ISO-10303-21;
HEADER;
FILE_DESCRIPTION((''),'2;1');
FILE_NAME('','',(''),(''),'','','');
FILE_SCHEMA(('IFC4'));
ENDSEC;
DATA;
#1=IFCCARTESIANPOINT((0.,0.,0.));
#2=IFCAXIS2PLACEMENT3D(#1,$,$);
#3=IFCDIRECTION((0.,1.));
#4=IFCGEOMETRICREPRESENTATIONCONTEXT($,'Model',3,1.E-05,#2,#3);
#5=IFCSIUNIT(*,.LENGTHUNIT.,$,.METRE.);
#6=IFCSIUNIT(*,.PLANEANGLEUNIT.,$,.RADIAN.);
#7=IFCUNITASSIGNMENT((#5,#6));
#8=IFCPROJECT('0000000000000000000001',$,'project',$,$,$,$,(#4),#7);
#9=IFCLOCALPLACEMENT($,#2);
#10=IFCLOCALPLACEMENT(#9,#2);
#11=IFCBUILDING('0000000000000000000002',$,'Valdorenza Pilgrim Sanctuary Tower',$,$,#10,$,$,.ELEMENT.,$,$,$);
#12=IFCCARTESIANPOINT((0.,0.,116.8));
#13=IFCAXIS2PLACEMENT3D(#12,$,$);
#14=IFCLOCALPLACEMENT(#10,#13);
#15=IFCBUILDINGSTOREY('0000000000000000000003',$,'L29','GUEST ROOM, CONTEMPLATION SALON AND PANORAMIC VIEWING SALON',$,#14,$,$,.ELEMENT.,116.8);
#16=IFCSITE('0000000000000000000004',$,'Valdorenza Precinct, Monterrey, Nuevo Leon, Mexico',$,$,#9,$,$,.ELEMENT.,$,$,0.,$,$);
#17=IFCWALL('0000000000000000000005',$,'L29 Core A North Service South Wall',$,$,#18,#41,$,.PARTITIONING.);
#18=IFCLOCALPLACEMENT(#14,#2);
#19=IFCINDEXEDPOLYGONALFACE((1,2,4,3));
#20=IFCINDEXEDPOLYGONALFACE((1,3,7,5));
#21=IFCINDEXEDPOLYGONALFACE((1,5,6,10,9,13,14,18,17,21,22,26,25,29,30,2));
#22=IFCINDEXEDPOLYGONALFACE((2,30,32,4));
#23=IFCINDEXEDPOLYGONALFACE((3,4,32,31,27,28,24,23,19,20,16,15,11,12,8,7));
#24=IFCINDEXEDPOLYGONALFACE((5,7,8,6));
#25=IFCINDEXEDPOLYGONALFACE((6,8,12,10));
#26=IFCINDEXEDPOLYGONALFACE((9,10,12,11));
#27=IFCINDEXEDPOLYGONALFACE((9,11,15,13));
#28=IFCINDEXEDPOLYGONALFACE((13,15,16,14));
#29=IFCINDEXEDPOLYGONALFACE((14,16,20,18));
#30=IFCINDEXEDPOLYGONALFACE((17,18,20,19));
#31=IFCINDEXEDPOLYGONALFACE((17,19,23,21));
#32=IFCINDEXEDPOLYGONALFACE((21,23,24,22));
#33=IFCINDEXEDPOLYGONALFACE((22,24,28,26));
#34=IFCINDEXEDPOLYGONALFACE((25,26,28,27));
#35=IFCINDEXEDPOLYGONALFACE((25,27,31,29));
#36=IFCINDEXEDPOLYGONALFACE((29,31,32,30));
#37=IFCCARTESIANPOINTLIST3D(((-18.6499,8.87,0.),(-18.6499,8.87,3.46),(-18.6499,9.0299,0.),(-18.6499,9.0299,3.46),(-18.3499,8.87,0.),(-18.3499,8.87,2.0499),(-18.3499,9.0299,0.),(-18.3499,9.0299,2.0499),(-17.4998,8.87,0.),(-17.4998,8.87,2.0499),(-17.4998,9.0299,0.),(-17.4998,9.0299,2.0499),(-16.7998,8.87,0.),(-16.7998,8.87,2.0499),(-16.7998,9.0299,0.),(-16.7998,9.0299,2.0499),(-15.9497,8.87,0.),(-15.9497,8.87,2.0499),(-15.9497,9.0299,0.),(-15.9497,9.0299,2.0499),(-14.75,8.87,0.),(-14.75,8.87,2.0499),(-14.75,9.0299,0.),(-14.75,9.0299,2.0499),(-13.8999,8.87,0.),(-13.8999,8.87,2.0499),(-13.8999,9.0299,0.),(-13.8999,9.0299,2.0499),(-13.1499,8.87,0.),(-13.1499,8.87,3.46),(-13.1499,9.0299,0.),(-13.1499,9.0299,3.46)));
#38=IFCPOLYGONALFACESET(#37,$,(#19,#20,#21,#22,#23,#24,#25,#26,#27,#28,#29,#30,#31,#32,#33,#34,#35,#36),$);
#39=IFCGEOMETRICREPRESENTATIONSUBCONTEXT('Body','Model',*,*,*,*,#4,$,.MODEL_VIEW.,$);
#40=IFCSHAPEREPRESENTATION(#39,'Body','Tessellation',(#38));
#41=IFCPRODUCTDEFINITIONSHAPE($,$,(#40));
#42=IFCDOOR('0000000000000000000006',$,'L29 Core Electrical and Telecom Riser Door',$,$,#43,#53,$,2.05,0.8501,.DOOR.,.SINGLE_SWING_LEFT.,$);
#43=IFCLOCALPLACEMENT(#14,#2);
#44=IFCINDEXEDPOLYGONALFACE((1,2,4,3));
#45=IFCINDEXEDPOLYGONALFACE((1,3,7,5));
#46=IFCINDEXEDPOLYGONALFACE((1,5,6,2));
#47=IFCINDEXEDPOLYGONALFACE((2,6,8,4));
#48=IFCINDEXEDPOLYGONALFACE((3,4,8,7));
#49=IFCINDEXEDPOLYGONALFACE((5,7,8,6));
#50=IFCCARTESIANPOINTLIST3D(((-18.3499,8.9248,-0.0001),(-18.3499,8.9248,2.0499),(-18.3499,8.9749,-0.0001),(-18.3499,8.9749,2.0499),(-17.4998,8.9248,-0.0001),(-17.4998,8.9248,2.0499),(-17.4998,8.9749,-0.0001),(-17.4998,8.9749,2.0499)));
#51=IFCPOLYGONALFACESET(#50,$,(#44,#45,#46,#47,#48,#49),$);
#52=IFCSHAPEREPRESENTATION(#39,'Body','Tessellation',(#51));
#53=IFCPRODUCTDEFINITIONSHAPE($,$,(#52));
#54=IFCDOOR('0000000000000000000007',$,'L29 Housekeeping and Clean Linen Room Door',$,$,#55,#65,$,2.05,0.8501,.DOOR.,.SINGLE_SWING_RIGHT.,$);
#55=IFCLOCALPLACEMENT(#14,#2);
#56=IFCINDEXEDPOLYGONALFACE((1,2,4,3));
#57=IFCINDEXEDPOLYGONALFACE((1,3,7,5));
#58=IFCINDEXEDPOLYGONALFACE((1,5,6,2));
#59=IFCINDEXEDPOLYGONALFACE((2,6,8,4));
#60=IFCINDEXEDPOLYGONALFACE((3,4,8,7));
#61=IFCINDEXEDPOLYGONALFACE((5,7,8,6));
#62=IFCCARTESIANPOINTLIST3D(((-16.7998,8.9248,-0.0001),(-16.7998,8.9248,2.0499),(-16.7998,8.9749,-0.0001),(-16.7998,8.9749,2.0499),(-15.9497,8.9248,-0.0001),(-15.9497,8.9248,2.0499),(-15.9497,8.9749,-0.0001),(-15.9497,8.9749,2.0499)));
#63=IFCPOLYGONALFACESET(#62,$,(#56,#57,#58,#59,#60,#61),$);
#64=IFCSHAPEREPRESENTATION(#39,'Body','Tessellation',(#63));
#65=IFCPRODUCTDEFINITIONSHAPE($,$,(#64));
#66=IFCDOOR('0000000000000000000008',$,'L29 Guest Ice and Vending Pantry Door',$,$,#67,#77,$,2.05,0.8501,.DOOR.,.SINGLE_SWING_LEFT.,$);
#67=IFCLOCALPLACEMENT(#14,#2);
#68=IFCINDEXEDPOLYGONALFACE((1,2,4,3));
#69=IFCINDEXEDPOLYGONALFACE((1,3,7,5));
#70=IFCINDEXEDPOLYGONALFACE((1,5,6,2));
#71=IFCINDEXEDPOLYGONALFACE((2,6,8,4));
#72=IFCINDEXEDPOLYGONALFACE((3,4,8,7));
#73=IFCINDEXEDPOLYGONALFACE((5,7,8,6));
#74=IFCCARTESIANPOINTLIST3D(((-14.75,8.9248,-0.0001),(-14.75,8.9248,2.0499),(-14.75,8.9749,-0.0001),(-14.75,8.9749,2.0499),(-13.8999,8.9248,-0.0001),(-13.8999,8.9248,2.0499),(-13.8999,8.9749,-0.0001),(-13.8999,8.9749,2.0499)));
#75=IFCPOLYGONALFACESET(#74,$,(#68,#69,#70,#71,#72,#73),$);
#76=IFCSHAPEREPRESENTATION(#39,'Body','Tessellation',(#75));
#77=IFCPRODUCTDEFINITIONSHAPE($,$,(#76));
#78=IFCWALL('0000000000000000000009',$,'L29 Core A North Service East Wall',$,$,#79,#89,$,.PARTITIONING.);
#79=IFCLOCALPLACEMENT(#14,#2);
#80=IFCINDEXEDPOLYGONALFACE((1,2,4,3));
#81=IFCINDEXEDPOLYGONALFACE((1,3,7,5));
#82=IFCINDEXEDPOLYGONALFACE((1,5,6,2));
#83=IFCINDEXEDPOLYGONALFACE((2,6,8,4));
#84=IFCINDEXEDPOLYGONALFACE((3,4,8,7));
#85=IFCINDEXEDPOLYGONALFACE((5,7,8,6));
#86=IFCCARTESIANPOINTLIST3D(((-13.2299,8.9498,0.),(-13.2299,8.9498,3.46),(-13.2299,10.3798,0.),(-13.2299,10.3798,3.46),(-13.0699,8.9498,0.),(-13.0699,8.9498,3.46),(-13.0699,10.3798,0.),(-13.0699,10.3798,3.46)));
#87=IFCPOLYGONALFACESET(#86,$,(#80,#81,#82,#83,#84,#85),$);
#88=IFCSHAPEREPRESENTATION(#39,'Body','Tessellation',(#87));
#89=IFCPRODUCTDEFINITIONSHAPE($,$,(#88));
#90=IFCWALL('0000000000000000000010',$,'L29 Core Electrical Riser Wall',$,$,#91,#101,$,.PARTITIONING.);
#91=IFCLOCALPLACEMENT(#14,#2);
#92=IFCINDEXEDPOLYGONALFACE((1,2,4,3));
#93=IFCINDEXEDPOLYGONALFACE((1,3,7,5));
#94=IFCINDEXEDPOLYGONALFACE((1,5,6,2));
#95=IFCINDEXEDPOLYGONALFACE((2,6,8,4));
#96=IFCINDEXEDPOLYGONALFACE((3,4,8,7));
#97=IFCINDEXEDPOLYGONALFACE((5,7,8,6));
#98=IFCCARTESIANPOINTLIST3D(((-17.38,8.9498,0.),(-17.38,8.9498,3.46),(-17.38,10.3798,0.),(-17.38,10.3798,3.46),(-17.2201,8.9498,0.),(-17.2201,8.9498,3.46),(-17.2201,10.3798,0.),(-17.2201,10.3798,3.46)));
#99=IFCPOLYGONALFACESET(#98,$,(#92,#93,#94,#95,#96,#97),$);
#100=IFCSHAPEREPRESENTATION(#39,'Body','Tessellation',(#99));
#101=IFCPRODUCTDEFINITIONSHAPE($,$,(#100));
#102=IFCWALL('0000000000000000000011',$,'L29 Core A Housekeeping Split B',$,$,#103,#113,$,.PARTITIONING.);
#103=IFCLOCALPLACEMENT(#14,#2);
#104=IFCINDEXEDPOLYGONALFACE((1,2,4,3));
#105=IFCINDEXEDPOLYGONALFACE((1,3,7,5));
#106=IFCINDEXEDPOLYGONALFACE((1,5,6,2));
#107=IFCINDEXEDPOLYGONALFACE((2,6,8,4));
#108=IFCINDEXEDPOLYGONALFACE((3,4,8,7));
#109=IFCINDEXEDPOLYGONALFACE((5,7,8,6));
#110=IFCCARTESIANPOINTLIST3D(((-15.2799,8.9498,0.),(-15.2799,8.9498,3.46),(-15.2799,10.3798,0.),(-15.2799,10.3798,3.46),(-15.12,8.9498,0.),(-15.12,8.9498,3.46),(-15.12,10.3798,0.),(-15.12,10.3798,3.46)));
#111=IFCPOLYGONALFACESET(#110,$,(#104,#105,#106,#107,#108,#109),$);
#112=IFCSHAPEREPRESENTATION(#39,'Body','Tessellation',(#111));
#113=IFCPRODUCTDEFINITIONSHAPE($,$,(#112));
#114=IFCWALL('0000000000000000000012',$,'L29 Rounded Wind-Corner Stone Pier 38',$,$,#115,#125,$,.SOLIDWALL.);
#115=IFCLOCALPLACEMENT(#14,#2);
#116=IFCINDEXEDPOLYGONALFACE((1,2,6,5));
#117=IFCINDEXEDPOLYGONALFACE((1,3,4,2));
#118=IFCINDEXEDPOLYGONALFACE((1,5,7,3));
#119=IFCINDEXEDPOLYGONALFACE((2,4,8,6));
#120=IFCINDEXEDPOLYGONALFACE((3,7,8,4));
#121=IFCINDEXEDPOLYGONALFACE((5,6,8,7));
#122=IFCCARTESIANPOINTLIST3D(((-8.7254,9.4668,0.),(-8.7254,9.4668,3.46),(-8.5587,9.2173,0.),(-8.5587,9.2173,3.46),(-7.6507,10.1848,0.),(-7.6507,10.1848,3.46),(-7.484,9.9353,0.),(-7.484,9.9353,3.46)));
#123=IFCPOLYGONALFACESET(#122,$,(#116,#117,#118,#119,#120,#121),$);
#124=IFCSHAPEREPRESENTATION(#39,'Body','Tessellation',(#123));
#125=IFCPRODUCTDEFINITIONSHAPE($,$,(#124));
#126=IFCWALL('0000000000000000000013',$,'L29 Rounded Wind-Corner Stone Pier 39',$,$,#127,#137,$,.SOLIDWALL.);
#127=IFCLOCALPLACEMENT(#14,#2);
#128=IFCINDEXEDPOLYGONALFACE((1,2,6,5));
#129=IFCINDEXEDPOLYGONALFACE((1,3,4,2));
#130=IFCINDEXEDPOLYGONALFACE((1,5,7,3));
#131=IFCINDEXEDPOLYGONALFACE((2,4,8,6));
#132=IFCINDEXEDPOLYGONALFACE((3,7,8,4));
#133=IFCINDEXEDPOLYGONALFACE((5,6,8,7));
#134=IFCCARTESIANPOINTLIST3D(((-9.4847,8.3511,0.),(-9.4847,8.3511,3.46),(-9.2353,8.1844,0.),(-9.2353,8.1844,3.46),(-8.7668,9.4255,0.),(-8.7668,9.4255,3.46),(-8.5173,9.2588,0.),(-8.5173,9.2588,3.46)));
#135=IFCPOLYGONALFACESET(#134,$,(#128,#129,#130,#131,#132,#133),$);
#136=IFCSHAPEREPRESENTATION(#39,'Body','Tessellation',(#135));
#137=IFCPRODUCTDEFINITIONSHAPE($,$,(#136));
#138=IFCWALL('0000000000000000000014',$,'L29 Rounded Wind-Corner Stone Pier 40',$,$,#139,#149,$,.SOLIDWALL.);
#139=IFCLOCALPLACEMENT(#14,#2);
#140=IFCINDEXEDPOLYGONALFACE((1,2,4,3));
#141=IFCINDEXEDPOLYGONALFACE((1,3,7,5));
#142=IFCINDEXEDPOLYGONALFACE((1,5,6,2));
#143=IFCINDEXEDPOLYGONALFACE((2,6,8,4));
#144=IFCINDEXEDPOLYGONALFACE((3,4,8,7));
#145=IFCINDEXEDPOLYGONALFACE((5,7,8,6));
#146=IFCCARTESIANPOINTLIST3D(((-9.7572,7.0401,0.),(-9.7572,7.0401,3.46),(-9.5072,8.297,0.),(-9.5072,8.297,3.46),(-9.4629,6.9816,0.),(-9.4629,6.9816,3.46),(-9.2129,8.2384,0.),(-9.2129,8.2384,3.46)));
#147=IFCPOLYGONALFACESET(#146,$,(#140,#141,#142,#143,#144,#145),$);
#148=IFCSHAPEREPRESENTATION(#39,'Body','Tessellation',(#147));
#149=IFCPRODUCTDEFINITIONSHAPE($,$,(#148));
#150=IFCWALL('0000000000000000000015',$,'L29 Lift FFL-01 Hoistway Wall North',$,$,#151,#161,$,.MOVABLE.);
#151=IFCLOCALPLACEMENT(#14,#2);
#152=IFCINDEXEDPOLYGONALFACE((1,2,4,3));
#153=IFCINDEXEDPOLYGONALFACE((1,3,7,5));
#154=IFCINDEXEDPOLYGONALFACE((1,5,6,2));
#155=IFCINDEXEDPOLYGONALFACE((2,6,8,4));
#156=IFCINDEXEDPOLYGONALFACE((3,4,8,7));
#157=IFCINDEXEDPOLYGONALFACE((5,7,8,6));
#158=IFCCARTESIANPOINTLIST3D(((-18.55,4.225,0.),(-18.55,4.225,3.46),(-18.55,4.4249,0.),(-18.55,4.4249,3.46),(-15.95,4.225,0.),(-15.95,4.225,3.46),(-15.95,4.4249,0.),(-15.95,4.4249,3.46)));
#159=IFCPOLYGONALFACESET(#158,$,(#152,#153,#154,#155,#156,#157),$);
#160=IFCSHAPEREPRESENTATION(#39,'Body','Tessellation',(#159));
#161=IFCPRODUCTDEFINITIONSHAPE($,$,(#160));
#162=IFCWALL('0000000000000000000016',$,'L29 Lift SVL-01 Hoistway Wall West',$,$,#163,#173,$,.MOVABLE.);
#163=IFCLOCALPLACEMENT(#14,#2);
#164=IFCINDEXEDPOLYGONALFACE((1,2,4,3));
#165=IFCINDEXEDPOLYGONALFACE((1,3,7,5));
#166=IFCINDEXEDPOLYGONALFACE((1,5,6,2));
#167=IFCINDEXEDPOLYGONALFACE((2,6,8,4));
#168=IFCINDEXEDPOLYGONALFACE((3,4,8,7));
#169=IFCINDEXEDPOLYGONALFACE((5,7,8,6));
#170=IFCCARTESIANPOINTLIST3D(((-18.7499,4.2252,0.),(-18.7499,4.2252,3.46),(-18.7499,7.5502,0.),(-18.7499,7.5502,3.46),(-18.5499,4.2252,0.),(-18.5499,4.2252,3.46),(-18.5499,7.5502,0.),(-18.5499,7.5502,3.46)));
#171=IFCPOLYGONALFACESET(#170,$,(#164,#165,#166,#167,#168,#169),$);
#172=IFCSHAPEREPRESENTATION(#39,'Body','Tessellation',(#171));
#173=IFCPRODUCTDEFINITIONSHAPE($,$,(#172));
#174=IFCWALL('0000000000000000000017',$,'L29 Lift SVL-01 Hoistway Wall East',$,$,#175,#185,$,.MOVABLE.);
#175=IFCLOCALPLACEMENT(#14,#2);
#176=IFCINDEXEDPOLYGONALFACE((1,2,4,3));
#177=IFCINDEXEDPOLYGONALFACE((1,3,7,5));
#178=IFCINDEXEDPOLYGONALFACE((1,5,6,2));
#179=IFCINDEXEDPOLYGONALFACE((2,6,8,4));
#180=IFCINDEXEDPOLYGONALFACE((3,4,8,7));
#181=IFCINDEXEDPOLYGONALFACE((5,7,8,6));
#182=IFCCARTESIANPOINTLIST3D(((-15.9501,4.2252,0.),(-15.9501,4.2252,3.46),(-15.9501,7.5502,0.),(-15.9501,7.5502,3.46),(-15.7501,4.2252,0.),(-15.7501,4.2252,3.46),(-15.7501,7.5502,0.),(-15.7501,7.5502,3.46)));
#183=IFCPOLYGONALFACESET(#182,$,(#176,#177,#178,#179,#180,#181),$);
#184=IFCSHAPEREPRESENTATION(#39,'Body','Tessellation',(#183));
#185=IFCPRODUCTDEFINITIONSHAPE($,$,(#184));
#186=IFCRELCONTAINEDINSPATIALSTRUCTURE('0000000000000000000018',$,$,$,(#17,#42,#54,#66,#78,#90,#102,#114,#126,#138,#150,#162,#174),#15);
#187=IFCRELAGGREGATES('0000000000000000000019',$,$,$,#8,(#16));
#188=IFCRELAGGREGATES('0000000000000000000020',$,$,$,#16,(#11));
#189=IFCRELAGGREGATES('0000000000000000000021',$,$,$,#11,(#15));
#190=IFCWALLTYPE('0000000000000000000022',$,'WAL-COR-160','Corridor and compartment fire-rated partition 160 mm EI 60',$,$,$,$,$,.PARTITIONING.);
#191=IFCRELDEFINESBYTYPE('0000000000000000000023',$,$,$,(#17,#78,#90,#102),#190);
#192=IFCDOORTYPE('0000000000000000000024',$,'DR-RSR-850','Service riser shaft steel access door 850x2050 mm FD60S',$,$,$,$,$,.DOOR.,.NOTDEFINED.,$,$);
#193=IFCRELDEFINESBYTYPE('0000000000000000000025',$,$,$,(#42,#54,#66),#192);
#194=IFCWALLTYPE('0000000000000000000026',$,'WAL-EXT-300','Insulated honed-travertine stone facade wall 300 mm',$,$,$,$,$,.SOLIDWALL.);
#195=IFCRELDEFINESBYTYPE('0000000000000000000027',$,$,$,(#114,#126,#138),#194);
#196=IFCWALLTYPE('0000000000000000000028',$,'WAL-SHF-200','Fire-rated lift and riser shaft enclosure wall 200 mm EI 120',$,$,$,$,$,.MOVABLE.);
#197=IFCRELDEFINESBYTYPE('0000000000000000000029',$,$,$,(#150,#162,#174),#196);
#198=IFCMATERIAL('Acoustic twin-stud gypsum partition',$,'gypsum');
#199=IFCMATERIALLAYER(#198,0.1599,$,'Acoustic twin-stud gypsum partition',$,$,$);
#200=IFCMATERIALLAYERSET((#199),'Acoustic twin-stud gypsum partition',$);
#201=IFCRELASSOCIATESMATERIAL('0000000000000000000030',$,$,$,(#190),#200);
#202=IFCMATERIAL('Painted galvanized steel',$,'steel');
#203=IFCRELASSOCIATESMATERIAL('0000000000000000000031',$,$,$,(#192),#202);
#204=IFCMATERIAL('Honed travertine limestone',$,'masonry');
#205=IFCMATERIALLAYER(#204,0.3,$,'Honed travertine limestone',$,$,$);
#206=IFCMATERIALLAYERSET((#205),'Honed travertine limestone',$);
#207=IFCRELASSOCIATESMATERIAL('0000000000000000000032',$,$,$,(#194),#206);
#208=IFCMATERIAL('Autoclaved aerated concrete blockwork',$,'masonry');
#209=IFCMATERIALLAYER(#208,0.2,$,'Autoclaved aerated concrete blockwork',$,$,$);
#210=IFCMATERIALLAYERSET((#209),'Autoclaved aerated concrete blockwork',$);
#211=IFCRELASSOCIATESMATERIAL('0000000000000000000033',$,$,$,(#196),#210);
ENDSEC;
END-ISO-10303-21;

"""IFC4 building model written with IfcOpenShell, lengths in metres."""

from ifc_helpers import new_model, si_unit, direction, frame, frame_2d, origin, place, context, subcontext, project, spatial, rectangle, extrude, material, layer, layer_set, type_object, element, fill, save


model = new_model("IFC4")

# Units and contexts
model_context = context("Model", 3, precision=1e-05, world=origin(), true_north=direction((0.0, 1.0)))
body_context = subcontext(model_context, "Body", "Model", "MODEL_VIEW")
ifc_project = project(units=[si_unit("LENGTHUNIT", "METRE"), si_unit("PLANEANGLEUNIT", "RADIAN")], contexts=[model_context])

# Site, building, storey
site_placement = place(None, origin())
site = spatial("IfcSite", under=ifc_project, at=site_placement, Name="Valdorenza Precinct, Monterrey, Nuevo Leon, Mexico", CompositionType="ELEMENT", RefElevation=0.0)
building_placement = place(site_placement, origin())
building = spatial("IfcBuilding", under=site, at=building_placement, Name="Valdorenza Pilgrim Sanctuary Tower", CompositionType="ELEMENT")
storey_placement = place(building_placement, frame((0.0, 0.0, 116.8)))
storey = spatial("IfcBuildingStorey", under=building, at=storey_placement, Name="L29", Description="GUEST ROOM, CONTEMPLATION SALON AND PANORAMIC VIEWING SALON", CompositionType="ELEMENT", Elevation=116.8)

# Shared definitions
ifc_material_1 = material(Name="Honed travertine limestone", Category="masonry")

# Shared definitions
ifc_material_2 = material(Name="Acoustic twin-stud gypsum partition", Category="gypsum")
ifc_layer_1 = layer(ifc_material_2, 0.1599, Name="Acoustic twin-stud gypsum partition")
ifc_layer_set_1 = layer_set([ifc_layer_1], Name="Acoustic twin-stud gypsum partition")
wall_type_1 = type_object("IfcWallType", Name="WAL-COR-160", Description="Corridor and compartment fire-rated partition 160 mm EI 60", PredefinedType="PARTITIONING", material=ifc_layer_set_1)

# Wall, openings, doors
wall_1_placement = place(storey_placement, frame((-18.6499, 8.95, 0.0), z_axis=(0.0, 0.0, 1.0), x_axis=(1.0, 0.0, 0.0)))
wall_1 = element("IfcWall", 1, at=wall_1_placement, inside=storey, type_object=wall_type_1, Name="L29 Core A North Service South Wall", PredefinedType="PARTITIONING", context=body_context, shape_type="SweptSolid", body=[
    extrude(rectangle(XDim=5.5, YDim=0.1599, at=frame_2d((2.75, 0.0))), origin(), (0.0, 0.0, 1.0), 3.46),
])
opening_1_placement = place(wall_1_placement, frame((0.3, 0.0, 0.0)))
opening_1 = element("IfcOpeningElement", 2, at=opening_1_placement, cuts=wall_1, PredefinedType="OPENING", context=body_context, shape_type="SweptSolid", body=[
    extrude(rectangle(XDim=0.8501, YDim=2.05, at=frame_2d((0.425, 1.0249))), frame((0.0, 0.0947, 0.0), z_axis=(0.0, -1.0, 0.0), x_axis=(1.0, 0.0, 0.0)), (0.0, 0.0, 1.0), 0.1897),
])
opening_2_placement = place(wall_1_placement, frame((1.8501, 0.0, 0.0)))
opening_2 = element("IfcOpeningElement", 3, at=opening_2_placement, cuts=wall_1, PredefinedType="OPENING", context=body_context, shape_type="SweptSolid", body=[
    extrude(rectangle(XDim=0.8501, YDim=2.05, at=frame_2d((0.425, 1.0249))), frame((0.0, 0.0947, 0.0), z_axis=(0.0, -1.0, 0.0), x_axis=(1.0, 0.0, 0.0)), (0.0, 0.0, 1.0), 0.1897),
])
opening_3_placement = place(wall_1_placement, frame((3.8999, 0.0, 0.0)))
opening_3 = element("IfcOpeningElement", 4, at=opening_3_placement, cuts=wall_1, PredefinedType="OPENING", context=body_context, shape_type="SweptSolid", body=[
    extrude(rectangle(XDim=0.8501, YDim=2.05, at=frame_2d((0.425, 1.0249))), frame((0.0, 0.0947, 0.0), z_axis=(0.0, -1.0, 0.0), x_axis=(1.0, 0.0, 0.0)), (0.0, 0.0, 1.0), 0.1897),
])
ifc_material_3 = material(Name="Painted galvanized steel", Category="steel")
door_type_1 = type_object("IfcDoorType", Name="DR-RSR-850", Description="Service riser shaft steel access door 850x2050 mm FD60S", OperationType="NOTDEFINED", PredefinedType="DOOR", material=ifc_material_3)
door_1_placement = place(opening_1_placement, origin())
door_1 = element("IfcDoor", 5, at=door_1_placement, inside=storey, type_object=door_type_1, Name="L29 Core Electrical and Telecom Riser Door", OperationType="SINGLE_SWING_LEFT", OverallHeight=2.05, OverallWidth=0.8501, PredefinedType="DOOR", context=body_context, shape_type="SweptSolid", body=[
    extrude(rectangle(XDim=0.8501, YDim=2.05, at=frame_2d((0.425, 1.0249))), frame((0.0, 0.0249, 0.0), z_axis=(0.0, -1.0, 0.0), x_axis=(1.0, 0.0, 0.0)), (0.0, 0.0, 1.0), 0.05),
])
fill(opening_1, door_1)
door_2_placement = place(opening_2_placement, origin())
door_2 = element("IfcDoor", 6, at=door_2_placement, inside=storey, type_object=door_type_1, Name="L29 Housekeeping and Clean Linen Room Door", OperationType="SINGLE_SWING_RIGHT", OverallHeight=2.05, OverallWidth=0.8501, PredefinedType="DOOR", context=body_context, shape_type="SweptSolid", body=[
    extrude(rectangle(XDim=0.8501, YDim=2.05, at=frame_2d((0.425, 1.0249))), frame((0.0, 0.0249, 0.0), z_axis=(0.0, -1.0, 0.0), x_axis=(1.0, 0.0, 0.0)), (0.0, 0.0, 1.0), 0.05),
])
fill(opening_2, door_2)
door_3_placement = place(opening_3_placement, origin())
door_3 = element("IfcDoor", 7, at=door_3_placement, inside=storey, type_object=door_type_1, Name="L29 Guest Ice and Vending Pantry Door", OperationType="SINGLE_SWING_LEFT", OverallHeight=2.05, OverallWidth=0.8501, PredefinedType="DOOR", context=body_context, shape_type="SweptSolid", body=[
    extrude(rectangle(XDim=0.8501, YDim=2.05, at=frame_2d((0.425, 1.0249))), frame((0.0, 0.0249, 0.0), z_axis=(0.0, -1.0, 0.0), x_axis=(1.0, 0.0, 0.0)), (0.0, 0.0, 1.0), 0.05),
])
fill(opening_3, door_3)

# Walls
for number, where, z_axis, x_axis, name in (
    (8, (-13.1499, 8.95, 0.0), (0.0, 0.0, 1.0), (0.0, 1.0, 0.0), "L29 Core A North Service East Wall"),
    (9, (-17.3, 8.95, 0.0), (0.0, 0.0, 1.0), (0.0, 1.0, 0.0), "L29 Core Electrical Riser Wall"),
    (10, (-15.2, 8.95, 0.0), (0.0, 0.0, 1.0), (0.0, 1.0, 0.0), "L29 Core A Housekeeping Split B"),
):
    element("IfcWall", number, at=place(storey_placement, frame(where, z_axis=z_axis, x_axis=x_axis)), inside=storey, type_object=wall_type_1, Name=name, PredefinedType="PARTITIONING", context=body_context, shape_type="SweptSolid", body=[
        extrude(rectangle(XDim=1.4299, YDim=0.1599, at=frame_2d((0.7148, 0.0))), origin(), (0.0, 0.0, 1.0), 3.46),
    ])
ifc_layer_2 = layer(ifc_material_1, 0.3, Name="Honed travertine limestone")
ifc_layer_set_2 = layer_set([ifc_layer_2], Name="Honed travertine limestone")
wall_type_2 = type_object("IfcWallType", Name="WAL-EXT-300", Description="Insulated honed-travertine stone facade wall 300 mm", PredefinedType="SOLIDWALL", material=ifc_layer_set_2)
wall_2_placement = place(storey_placement, frame((-7.5674, 10.0601, 0.0), z_axis=(0.0, 0.0, 1.0), x_axis=(-0.831498, -0.555528, 0.0)))
element("IfcWall", 11, at=wall_2_placement, inside=storey, type_object=wall_type_2, Name="L29 Rounded Wind-Corner Stone Pier 38", PredefinedType="SOLIDWALL", context=body_context, shape_type="SweptSolid", body=[
    extrude(rectangle(XDim=1.2925, YDim=0.3, at=frame_2d((0.6462, 0.0))), origin(), (0.0, 0.0, 1.0), 3.46),
])
wall_3_placement = place(storey_placement, frame((-8.6421, 9.342, 0.0), z_axis=(0.0, 0.0, 1.0), x_axis=(-0.555615, -0.831439, 0.0)))
element("IfcWall", 12, at=wall_3_placement, inside=storey, type_object=wall_type_2, Name="L29 Rounded Wind-Corner Stone Pier 39", PredefinedType="SOLIDWALL", context=body_context, shape_type="SweptSolid", body=[
    extrude(rectangle(XDim=1.2922, YDim=0.3, at=frame_2d((0.646, 0.0))), origin(), (0.0, 0.0, 1.0), 3.46),
])
wall_4_placement = place(storey_placement, frame((-9.3601, 8.2676, 0.0), z_axis=(0.0, 0.0, 1.0), x_axis=(-0.19509, -0.980785, 0.0)))
element("IfcWall", 13, at=wall_4_placement, inside=storey, type_object=wall_type_2, Name="L29 Rounded Wind-Corner Stone Pier 40", PredefinedType="SOLIDWALL", context=body_context, shape_type="SweptSolid", body=[
    extrude(rectangle(XDim=1.2815, YDim=0.3, at=frame_2d((0.6406, 0.0))), origin(), (0.0, 0.0, 1.0), 3.46),
])
ifc_material_4 = material(Name="Autoclaved aerated concrete blockwork", Category="masonry")
ifc_layer_3 = layer(ifc_material_4, 0.2, Name="Autoclaved aerated concrete blockwork")
ifc_layer_set_3 = layer_set([ifc_layer_3], Name="Autoclaved aerated concrete blockwork")
wall_type_3 = type_object("IfcWallType", Name="WAL-SHF-200", Description="Fire-rated lift and riser shaft enclosure wall 200 mm EI 120", PredefinedType="MOVABLE", material=ifc_layer_set_3)
wall_5_placement = place(storey_placement, frame((-18.55, 4.325, 0.0), z_axis=(0.0, 0.0, 1.0), x_axis=(1.0, 0.0, 0.0)))
element("IfcWall", 14, at=wall_5_placement, inside=storey, type_object=wall_type_3, Name="L29 Lift FFL-01 Hoistway Wall North", PredefinedType="MOVABLE", context=body_context, shape_type="SweptSolid", body=[
    extrude(rectangle(XDim=2.6001, YDim=0.2, at=frame_2d((1.3, 0.0))), origin(), (0.0, 0.0, 1.0), 3.46),
])
for number, where, z_axis, x_axis, name in (
    (15, (-18.6499, 4.2251, 0.0), (0.0, 0.0, 1.0), (0.0, 1.0, 0.0), "L29 Lift SVL-01 Hoistway Wall West"),
    (16, (-15.8501, 4.2251, 0.0), (0.0, 0.0, 1.0), (0.0, 1.0, 0.0), "L29 Lift SVL-01 Hoistway Wall East"),
):
    element("IfcWall", number, at=place(storey_placement, frame(where, z_axis=z_axis, x_axis=x_axis)), inside=storey, type_object=wall_type_3, Name=name, PredefinedType="MOVABLE", context=body_context, shape_type="SweptSolid", body=[
        extrude(rectangle(XDim=3.325, YDim=0.2, at=frame_2d((1.6626, 0.0))), origin(), (0.0, 0.0, 1.0), 3.46),
    ])

save(model, "model.ifc")
